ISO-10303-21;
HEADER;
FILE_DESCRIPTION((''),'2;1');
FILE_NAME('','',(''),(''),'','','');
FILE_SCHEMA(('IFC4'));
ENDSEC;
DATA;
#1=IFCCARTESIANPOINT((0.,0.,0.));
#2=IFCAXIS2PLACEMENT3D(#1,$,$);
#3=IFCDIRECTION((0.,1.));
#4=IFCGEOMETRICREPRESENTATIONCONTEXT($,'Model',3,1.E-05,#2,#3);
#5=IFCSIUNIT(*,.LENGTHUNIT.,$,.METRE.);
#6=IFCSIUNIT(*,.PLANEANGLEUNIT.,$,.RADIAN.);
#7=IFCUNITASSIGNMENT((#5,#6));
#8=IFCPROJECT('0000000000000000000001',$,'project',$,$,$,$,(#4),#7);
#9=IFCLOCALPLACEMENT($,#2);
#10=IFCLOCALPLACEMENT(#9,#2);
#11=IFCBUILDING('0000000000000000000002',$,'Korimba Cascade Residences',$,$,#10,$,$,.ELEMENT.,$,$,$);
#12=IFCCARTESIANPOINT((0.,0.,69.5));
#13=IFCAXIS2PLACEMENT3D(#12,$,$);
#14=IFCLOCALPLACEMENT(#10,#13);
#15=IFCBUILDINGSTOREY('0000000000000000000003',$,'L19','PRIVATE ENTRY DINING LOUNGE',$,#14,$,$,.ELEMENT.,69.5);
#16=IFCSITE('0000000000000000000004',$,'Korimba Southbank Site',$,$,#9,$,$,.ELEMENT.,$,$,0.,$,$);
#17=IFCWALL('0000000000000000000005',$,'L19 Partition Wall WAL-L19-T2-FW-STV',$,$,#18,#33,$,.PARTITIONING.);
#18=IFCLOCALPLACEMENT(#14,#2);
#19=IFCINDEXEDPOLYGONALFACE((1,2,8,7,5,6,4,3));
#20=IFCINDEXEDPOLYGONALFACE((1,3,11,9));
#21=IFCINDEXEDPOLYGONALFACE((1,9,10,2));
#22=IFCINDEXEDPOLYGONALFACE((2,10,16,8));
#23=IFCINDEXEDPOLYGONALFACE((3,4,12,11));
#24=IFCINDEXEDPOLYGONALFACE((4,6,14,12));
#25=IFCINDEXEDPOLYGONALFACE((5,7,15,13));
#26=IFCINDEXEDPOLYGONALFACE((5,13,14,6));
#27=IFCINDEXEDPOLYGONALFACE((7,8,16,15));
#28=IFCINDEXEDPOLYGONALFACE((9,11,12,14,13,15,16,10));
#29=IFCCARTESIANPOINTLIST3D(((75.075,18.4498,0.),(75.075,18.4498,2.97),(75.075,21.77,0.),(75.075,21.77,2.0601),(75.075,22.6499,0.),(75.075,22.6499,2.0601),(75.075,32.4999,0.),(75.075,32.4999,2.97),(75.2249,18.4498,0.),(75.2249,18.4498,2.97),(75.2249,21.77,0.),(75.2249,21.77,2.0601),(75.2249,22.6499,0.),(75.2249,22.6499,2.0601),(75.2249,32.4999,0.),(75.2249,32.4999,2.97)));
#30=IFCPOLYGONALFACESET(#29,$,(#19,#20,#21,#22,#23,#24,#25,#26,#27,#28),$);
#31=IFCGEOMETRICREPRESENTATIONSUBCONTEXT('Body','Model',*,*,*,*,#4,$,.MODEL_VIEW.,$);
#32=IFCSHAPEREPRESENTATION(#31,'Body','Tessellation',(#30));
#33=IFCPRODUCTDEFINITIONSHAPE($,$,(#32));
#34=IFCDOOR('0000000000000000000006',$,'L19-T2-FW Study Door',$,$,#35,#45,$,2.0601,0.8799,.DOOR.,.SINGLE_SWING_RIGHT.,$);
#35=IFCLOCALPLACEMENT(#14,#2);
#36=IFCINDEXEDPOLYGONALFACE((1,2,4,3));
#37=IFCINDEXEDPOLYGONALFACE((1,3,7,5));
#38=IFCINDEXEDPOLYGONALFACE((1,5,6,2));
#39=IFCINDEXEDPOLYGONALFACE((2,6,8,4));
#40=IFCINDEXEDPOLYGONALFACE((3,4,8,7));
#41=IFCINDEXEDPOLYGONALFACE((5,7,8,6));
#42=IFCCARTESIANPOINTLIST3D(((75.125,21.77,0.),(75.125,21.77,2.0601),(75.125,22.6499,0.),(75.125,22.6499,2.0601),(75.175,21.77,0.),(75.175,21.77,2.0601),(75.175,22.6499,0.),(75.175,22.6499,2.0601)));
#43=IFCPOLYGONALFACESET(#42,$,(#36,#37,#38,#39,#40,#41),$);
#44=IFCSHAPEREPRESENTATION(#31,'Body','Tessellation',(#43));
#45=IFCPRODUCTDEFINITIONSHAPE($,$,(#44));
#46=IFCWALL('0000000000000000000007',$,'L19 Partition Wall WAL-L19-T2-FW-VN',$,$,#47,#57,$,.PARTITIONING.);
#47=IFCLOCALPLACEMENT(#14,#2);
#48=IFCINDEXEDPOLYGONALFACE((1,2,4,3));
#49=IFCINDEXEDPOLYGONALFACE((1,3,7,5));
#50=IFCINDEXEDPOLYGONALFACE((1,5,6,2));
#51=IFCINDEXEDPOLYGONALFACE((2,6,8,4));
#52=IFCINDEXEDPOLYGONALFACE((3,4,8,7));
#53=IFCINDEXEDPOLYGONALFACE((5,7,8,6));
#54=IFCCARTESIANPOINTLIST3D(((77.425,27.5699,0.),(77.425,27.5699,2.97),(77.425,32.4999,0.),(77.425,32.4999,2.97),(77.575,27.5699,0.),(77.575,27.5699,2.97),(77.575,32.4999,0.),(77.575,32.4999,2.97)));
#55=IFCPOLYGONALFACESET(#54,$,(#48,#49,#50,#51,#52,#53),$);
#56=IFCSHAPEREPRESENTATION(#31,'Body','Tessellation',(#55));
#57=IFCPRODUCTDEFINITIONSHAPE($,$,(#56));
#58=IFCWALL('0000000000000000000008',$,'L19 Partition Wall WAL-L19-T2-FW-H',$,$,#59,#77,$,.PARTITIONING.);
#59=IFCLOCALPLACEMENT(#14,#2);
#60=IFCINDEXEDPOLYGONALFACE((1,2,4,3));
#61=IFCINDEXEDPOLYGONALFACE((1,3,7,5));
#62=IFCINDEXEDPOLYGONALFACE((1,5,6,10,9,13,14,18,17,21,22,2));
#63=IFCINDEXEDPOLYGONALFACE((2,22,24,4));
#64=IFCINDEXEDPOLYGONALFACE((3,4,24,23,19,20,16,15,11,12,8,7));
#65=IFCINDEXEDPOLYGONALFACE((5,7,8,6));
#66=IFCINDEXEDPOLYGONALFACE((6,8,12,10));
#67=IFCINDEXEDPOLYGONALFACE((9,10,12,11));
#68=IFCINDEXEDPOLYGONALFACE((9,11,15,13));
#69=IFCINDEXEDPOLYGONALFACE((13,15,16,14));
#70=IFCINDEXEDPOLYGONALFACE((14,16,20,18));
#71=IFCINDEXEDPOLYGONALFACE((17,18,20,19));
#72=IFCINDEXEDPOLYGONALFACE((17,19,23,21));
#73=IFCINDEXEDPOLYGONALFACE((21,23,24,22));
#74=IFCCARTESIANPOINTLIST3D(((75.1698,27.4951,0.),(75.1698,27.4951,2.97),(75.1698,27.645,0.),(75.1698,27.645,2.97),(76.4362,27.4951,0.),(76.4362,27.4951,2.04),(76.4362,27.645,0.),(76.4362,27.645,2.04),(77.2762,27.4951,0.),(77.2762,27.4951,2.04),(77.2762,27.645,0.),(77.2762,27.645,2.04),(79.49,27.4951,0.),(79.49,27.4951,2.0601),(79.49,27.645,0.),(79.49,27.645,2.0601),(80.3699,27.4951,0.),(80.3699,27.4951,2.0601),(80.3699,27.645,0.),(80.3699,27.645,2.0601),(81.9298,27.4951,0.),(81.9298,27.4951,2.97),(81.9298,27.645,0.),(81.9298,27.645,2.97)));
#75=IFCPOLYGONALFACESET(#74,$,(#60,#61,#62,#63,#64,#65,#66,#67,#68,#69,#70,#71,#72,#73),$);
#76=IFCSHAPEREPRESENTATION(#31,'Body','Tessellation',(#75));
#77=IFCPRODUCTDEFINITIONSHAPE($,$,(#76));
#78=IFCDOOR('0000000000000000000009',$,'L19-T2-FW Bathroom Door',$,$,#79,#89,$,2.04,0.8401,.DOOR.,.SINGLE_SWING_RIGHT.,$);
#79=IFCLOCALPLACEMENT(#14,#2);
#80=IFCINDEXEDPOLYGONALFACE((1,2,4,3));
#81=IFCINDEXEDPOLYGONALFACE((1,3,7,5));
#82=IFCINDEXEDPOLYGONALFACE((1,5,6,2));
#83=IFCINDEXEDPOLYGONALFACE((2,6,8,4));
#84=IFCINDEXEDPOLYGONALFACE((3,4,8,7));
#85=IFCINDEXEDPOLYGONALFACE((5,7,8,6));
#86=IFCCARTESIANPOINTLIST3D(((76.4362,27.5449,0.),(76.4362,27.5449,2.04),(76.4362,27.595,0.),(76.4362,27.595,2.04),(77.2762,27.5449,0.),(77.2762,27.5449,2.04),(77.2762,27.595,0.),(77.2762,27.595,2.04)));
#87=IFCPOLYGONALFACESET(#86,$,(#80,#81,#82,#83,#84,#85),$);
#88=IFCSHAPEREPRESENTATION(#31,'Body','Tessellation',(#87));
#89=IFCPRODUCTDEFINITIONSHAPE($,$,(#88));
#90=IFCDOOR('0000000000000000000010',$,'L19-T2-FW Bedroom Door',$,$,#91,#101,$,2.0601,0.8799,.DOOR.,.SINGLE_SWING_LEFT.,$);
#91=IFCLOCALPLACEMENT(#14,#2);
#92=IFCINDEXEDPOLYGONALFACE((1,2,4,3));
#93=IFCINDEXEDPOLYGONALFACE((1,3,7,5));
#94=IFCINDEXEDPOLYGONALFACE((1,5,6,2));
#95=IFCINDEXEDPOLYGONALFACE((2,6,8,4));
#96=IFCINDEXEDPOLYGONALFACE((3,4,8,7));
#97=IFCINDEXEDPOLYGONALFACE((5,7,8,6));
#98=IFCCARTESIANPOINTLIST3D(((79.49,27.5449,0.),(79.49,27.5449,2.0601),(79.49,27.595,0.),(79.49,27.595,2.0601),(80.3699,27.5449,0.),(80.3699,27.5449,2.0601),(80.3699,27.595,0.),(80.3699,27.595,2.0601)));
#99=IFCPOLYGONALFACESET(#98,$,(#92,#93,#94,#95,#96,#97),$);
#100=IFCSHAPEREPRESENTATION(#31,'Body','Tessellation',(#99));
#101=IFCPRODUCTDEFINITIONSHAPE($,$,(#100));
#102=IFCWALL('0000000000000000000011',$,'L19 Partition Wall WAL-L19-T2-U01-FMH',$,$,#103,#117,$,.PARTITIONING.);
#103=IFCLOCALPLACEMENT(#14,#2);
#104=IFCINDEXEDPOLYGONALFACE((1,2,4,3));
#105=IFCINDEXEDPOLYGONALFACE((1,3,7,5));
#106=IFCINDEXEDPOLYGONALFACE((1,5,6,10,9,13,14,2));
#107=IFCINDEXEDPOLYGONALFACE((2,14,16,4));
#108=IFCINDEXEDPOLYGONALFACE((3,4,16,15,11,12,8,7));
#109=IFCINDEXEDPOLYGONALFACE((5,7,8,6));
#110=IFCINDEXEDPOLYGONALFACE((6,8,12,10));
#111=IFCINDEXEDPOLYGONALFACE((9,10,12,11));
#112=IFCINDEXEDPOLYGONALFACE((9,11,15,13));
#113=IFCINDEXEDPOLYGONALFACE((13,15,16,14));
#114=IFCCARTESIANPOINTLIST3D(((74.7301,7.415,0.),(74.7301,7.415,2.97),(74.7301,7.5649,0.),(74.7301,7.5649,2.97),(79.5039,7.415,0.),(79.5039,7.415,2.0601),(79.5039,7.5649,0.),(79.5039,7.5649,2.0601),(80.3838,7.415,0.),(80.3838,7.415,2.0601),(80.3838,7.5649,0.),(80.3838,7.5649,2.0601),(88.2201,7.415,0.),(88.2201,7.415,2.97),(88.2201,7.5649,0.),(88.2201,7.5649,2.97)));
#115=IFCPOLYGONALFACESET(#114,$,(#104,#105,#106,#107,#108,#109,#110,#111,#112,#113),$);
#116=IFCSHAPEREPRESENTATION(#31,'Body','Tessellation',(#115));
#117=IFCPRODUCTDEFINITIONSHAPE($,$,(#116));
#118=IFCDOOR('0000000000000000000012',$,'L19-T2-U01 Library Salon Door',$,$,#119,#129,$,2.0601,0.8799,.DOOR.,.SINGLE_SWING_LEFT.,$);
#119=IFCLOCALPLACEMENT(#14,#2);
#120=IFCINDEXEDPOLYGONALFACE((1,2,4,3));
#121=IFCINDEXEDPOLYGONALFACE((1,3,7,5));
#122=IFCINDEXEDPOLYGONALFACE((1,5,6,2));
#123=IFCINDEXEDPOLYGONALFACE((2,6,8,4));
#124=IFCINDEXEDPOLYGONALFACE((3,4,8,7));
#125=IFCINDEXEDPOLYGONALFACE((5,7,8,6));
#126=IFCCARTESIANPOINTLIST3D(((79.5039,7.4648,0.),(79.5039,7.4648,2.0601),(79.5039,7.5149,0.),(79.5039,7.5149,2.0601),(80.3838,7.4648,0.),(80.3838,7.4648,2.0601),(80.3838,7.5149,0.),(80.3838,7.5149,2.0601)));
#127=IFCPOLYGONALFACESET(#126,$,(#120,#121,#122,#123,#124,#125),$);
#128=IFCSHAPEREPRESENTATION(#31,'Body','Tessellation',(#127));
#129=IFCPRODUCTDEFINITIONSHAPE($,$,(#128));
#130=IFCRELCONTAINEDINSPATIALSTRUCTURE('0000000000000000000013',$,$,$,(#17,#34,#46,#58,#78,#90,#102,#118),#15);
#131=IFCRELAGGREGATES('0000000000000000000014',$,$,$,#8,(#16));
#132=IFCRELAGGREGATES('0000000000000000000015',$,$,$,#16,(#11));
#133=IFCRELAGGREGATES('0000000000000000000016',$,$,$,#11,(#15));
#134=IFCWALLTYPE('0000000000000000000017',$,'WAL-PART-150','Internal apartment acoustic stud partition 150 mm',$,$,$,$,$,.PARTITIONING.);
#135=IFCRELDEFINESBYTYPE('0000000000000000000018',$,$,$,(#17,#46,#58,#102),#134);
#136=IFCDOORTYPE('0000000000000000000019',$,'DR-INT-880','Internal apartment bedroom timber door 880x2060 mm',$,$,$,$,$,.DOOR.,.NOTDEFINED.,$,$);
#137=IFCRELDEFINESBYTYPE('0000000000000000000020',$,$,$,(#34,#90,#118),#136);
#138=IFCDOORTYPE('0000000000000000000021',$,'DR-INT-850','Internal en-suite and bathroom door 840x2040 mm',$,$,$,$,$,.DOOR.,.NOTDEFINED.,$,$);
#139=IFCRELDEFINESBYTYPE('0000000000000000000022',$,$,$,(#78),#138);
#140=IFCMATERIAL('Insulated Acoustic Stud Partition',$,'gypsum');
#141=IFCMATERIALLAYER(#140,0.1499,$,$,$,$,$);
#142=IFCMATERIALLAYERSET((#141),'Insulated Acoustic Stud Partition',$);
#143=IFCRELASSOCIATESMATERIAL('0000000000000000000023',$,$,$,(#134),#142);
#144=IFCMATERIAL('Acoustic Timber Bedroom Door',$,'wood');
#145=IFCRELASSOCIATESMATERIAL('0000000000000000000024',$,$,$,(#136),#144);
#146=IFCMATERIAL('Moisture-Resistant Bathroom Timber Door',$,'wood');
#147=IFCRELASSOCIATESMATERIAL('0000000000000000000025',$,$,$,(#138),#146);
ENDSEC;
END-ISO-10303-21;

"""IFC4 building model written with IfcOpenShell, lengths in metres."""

from ifc_helpers import new_model, si_unit, direction, frame, frame_2d, origin, place, context, subcontext, project, spatial, rectangle, extrude, material, layer, layer_set, type_object, element, fill, save


model = new_model("IFC4")

# Units and contexts
model_context = context("Model", 3, precision=1e-05, world=origin(), true_north=direction((0.0, 1.0)))
body_context = subcontext(model_context, "Body", "Model", "MODEL_VIEW")
ifc_project = project(units=[si_unit("LENGTHUNIT", "METRE"), si_unit("PLANEANGLEUNIT", "RADIAN")], contexts=[model_context])

# Site, building, storey
site_placement = place(None, origin())
site = spatial("IfcSite", under=ifc_project, at=site_placement, Name="Korimba Southbank Site", CompositionType="ELEMENT", RefElevation=0.0)
building_placement = place(site_placement, origin())
building = spatial("IfcBuilding", under=site, at=building_placement, Name="Korimba Cascade Residences", CompositionType="ELEMENT")
storey_placement = place(building_placement, frame((0.0, 0.0, 69.5)))
storey = spatial("IfcBuildingStorey", under=building, at=storey_placement, Name="L19", Description="PRIVATE ENTRY DINING LOUNGE", CompositionType="ELEMENT", Elevation=69.5)

# Shared definitions
ifc_material_1 = material(Name="Insulated Acoustic Stud Partition", Category="gypsum")
ifc_layer_1 = layer(ifc_material_1, 0.1499)
ifc_layer_set_1 = layer_set([ifc_layer_1], Name="Insulated Acoustic Stud Partition")
wall_type_1 = type_object("IfcWallType", Name="WAL-PART-150", Description="Internal apartment acoustic stud partition 150 mm", PredefinedType="PARTITIONING", material=ifc_layer_set_1)

# Wall, opening, door
wall_1_placement = place(storey_placement, frame((75.1499, 18.45, 0.0), z_axis=(0.0, 0.0, 1.0), x_axis=(0.0, 1.0, 0.0)))
wall_1 = element("IfcWall", 1, at=wall_1_placement, inside=storey, type_object=wall_type_1, Name="L19 Partition Wall WAL-L19-T2-FW-STV", PredefinedType="PARTITIONING", context=body_context, shape_type="SweptSolid", body=[
    extrude(rectangle(XDim=14.05, YDim=0.1499, at=frame_2d((7.0249, 0.0))), origin(), (0.0, 0.0, 1.0), 2.97),
])
opening_1_placement = place(wall_1_placement, frame((3.3201, 0.0, 0.0)))
opening_1 = element("IfcOpeningElement", 2, at=opening_1_placement, cuts=wall_1, PredefinedType="OPENING", context=body_context, shape_type="SweptSolid", body=[
    extrude(rectangle(XDim=0.8799, YDim=2.0601, at=frame_2d((0.4399, 1.03))), frame((0.0, 0.085, 0.0), z_axis=(0.0, -1.0, 0.0), x_axis=(1.0, 0.0, 0.0)), (0.0, 0.0, 1.0), 0.1699),
])
ifc_material_2 = material(Name="Acoustic Timber Bedroom Door", Category="wood")
door_type_1 = type_object("IfcDoorType", Name="DR-INT-880", Description="Internal apartment bedroom timber door 880x2060 mm", OperationType="NOTDEFINED", PredefinedType="DOOR", material=ifc_material_2)
door_1_placement = place(opening_1_placement, origin())
door_1 = element("IfcDoor", 3, at=door_1_placement, inside=storey, type_object=door_type_1, Name="L19-T2-FW Study Door", OperationType="SINGLE_SWING_RIGHT", OverallHeight=2.0601, OverallWidth=0.8799, PredefinedType="DOOR", context=body_context, shape_type="SweptSolid", body=[
    extrude(rectangle(XDim=0.8799, YDim=2.0601, at=frame_2d((0.4399, 1.03))), frame((0.0, 0.0249, 0.0), z_axis=(0.0, -1.0, 0.0), x_axis=(1.0, 0.0, 0.0)), (0.0, 0.0, 1.0), 0.05),
])
fill(opening_1, door_1)

# Wall
wall_2_placement = place(storey_placement, frame((77.5, 27.5701, 0.0), z_axis=(0.0, 0.0, 1.0), x_axis=(0.0, 1.0, 0.0)))
element("IfcWall", 4, at=wall_2_placement, inside=storey, type_object=wall_type_1, Name="L19 Partition Wall WAL-L19-T2-FW-VN", PredefinedType="PARTITIONING", context=body_context, shape_type="SweptSolid", body=[
    extrude(rectangle(XDim=4.9299, YDim=0.1499, at=frame_2d((2.4648, 0.0))), origin(), (0.0, 0.0, 1.0), 2.97),
])

# Wall, openings, doors
wall_3_placement = place(storey_placement, frame((75.1699, 27.5701, 0.0), z_axis=(0.0, 0.0, 1.0), x_axis=(1.0, 0.0, 0.0)))
wall_3 = element("IfcWall", 5, at=wall_3_placement, inside=storey, type_object=wall_type_1, Name="L19 Partition Wall WAL-L19-T2-FW-H", PredefinedType="PARTITIONING", context=body_context, shape_type="SweptSolid", body=[
    extrude(rectangle(XDim=6.76, YDim=0.1499, at=frame_2d((3.3799, 0.0))), origin(), (0.0, 0.0, 1.0), 2.97),
])
opening_2_placement = place(wall_3_placement, frame((1.2664, 0.0, 0.0)))
opening_2 = element("IfcOpeningElement", 6, at=opening_2_placement, cuts=wall_3, PredefinedType="OPENING", context=body_context, shape_type="SweptSolid", body=[
    extrude(rectangle(XDim=0.8401, YDim=2.04, at=frame_2d((0.4199, 1.02))), frame((0.0, 0.085, 0.0), z_axis=(0.0, -1.0, 0.0), x_axis=(1.0, 0.0, 0.0)), (0.0, 0.0, 1.0), 0.1699),
])
opening_3_placement = place(wall_3_placement, frame((4.3201, 0.0, 0.0)))
opening_3 = element("IfcOpeningElement", 7, at=opening_3_placement, cuts=wall_3, PredefinedType="OPENING", context=body_context, shape_type="SweptSolid", body=[
    extrude(rectangle(XDim=0.8799, YDim=2.0601, at=frame_2d((0.4399, 1.03))), frame((0.0, 0.085, 0.0), z_axis=(0.0, -1.0, 0.0), x_axis=(1.0, 0.0, 0.0)), (0.0, 0.0, 1.0), 0.1699),
])
ifc_material_3 = material(Name="Moisture-Resistant Bathroom Timber Door", Category="wood")
door_type_2 = type_object("IfcDoorType", Name="DR-INT-850", Description="Internal en-suite and bathroom door 840x2040 mm", OperationType="NOTDEFINED", PredefinedType="DOOR", material=ifc_material_3)
door_2_placement = place(opening_2_placement, origin())
door_2 = element("IfcDoor", 8, at=door_2_placement, inside=storey, type_object=door_type_2, Name="L19-T2-FW Bathroom Door", OperationType="SINGLE_SWING_RIGHT", OverallHeight=2.04, OverallWidth=0.8401, PredefinedType="DOOR", context=body_context, shape_type="SweptSolid", body=[
    extrude(rectangle(XDim=0.8401, YDim=2.04, at=frame_2d((0.4199, 1.02))), frame((0.0, 0.0249, 0.0), z_axis=(0.0, -1.0, 0.0), x_axis=(1.0, 0.0, 0.0)), (0.0, 0.0, 1.0), 0.05),
])
fill(opening_2, door_2)
door_3_placement = place(opening_3_placement, origin())
door_3 = element("IfcDoor", 9, at=door_3_placement, inside=storey, type_object=door_type_1, Name="L19-T2-FW Bedroom Door", OperationType="SINGLE_SWING_LEFT", OverallHeight=2.0601, OverallWidth=0.8799, PredefinedType="DOOR", context=body_context, shape_type="SweptSolid", body=[
    extrude(rectangle(XDim=0.8799, YDim=2.0601, at=frame_2d((0.4399, 1.03))), frame((0.0, 0.0249, 0.0), z_axis=(0.0, -1.0, 0.0), x_axis=(1.0, 0.0, 0.0)), (0.0, 0.0, 1.0), 0.05),
])
fill(opening_3, door_3)

# Wall, opening, door
wall_4_placement = place(storey_placement, frame((74.73, 7.49, 0.0), z_axis=(0.0, 0.0, 1.0), x_axis=(1.0, 0.0, 0.0)))
wall_4 = element("IfcWall", 10, at=wall_4_placement, inside=storey, type_object=wall_type_1, Name="L19 Partition Wall WAL-L19-T2-U01-FMH", PredefinedType="PARTITIONING", context=body_context, shape_type="SweptSolid", body=[
    extrude(rectangle(XDim=13.49, YDim=0.1499, at=frame_2d((6.7451, 0.0))), origin(), (0.0, 0.0, 1.0), 2.97),
])
opening_4_placement = place(wall_4_placement, frame((4.7739, 0.0, 0.0)))
opening_4 = element("IfcOpeningElement", 11, at=opening_4_placement, cuts=wall_4, PredefinedType="OPENING", context=body_context, shape_type="SweptSolid", body=[
    extrude(rectangle(XDim=0.8799, YDim=2.0601, at=frame_2d((0.4399, 1.03))), frame((0.0, 0.085, 0.0), z_axis=(0.0, -1.0, 0.0), x_axis=(1.0, 0.0, 0.0)), (0.0, 0.0, 1.0), 0.1699),
])
door_4_placement = place(opening_4_placement, origin())
door_4 = element("IfcDoor", 12, at=door_4_placement, inside=storey, type_object=door_type_1, Name="L19-T2-U01 Library Salon Door", OperationType="SINGLE_SWING_LEFT", OverallHeight=2.0601, OverallWidth=0.8799, PredefinedType="DOOR", context=body_context, shape_type="SweptSolid", body=[
    extrude(rectangle(XDim=0.8799, YDim=2.0601, at=frame_2d((0.4399, 1.03))), frame((0.0, 0.0249, 0.0), z_axis=(0.0, -1.0, 0.0), x_axis=(1.0, 0.0, 0.0)), (0.0, 0.0, 1.0), 0.05),
])
fill(opening_4, door_4)

save(model, "model.ifc")
